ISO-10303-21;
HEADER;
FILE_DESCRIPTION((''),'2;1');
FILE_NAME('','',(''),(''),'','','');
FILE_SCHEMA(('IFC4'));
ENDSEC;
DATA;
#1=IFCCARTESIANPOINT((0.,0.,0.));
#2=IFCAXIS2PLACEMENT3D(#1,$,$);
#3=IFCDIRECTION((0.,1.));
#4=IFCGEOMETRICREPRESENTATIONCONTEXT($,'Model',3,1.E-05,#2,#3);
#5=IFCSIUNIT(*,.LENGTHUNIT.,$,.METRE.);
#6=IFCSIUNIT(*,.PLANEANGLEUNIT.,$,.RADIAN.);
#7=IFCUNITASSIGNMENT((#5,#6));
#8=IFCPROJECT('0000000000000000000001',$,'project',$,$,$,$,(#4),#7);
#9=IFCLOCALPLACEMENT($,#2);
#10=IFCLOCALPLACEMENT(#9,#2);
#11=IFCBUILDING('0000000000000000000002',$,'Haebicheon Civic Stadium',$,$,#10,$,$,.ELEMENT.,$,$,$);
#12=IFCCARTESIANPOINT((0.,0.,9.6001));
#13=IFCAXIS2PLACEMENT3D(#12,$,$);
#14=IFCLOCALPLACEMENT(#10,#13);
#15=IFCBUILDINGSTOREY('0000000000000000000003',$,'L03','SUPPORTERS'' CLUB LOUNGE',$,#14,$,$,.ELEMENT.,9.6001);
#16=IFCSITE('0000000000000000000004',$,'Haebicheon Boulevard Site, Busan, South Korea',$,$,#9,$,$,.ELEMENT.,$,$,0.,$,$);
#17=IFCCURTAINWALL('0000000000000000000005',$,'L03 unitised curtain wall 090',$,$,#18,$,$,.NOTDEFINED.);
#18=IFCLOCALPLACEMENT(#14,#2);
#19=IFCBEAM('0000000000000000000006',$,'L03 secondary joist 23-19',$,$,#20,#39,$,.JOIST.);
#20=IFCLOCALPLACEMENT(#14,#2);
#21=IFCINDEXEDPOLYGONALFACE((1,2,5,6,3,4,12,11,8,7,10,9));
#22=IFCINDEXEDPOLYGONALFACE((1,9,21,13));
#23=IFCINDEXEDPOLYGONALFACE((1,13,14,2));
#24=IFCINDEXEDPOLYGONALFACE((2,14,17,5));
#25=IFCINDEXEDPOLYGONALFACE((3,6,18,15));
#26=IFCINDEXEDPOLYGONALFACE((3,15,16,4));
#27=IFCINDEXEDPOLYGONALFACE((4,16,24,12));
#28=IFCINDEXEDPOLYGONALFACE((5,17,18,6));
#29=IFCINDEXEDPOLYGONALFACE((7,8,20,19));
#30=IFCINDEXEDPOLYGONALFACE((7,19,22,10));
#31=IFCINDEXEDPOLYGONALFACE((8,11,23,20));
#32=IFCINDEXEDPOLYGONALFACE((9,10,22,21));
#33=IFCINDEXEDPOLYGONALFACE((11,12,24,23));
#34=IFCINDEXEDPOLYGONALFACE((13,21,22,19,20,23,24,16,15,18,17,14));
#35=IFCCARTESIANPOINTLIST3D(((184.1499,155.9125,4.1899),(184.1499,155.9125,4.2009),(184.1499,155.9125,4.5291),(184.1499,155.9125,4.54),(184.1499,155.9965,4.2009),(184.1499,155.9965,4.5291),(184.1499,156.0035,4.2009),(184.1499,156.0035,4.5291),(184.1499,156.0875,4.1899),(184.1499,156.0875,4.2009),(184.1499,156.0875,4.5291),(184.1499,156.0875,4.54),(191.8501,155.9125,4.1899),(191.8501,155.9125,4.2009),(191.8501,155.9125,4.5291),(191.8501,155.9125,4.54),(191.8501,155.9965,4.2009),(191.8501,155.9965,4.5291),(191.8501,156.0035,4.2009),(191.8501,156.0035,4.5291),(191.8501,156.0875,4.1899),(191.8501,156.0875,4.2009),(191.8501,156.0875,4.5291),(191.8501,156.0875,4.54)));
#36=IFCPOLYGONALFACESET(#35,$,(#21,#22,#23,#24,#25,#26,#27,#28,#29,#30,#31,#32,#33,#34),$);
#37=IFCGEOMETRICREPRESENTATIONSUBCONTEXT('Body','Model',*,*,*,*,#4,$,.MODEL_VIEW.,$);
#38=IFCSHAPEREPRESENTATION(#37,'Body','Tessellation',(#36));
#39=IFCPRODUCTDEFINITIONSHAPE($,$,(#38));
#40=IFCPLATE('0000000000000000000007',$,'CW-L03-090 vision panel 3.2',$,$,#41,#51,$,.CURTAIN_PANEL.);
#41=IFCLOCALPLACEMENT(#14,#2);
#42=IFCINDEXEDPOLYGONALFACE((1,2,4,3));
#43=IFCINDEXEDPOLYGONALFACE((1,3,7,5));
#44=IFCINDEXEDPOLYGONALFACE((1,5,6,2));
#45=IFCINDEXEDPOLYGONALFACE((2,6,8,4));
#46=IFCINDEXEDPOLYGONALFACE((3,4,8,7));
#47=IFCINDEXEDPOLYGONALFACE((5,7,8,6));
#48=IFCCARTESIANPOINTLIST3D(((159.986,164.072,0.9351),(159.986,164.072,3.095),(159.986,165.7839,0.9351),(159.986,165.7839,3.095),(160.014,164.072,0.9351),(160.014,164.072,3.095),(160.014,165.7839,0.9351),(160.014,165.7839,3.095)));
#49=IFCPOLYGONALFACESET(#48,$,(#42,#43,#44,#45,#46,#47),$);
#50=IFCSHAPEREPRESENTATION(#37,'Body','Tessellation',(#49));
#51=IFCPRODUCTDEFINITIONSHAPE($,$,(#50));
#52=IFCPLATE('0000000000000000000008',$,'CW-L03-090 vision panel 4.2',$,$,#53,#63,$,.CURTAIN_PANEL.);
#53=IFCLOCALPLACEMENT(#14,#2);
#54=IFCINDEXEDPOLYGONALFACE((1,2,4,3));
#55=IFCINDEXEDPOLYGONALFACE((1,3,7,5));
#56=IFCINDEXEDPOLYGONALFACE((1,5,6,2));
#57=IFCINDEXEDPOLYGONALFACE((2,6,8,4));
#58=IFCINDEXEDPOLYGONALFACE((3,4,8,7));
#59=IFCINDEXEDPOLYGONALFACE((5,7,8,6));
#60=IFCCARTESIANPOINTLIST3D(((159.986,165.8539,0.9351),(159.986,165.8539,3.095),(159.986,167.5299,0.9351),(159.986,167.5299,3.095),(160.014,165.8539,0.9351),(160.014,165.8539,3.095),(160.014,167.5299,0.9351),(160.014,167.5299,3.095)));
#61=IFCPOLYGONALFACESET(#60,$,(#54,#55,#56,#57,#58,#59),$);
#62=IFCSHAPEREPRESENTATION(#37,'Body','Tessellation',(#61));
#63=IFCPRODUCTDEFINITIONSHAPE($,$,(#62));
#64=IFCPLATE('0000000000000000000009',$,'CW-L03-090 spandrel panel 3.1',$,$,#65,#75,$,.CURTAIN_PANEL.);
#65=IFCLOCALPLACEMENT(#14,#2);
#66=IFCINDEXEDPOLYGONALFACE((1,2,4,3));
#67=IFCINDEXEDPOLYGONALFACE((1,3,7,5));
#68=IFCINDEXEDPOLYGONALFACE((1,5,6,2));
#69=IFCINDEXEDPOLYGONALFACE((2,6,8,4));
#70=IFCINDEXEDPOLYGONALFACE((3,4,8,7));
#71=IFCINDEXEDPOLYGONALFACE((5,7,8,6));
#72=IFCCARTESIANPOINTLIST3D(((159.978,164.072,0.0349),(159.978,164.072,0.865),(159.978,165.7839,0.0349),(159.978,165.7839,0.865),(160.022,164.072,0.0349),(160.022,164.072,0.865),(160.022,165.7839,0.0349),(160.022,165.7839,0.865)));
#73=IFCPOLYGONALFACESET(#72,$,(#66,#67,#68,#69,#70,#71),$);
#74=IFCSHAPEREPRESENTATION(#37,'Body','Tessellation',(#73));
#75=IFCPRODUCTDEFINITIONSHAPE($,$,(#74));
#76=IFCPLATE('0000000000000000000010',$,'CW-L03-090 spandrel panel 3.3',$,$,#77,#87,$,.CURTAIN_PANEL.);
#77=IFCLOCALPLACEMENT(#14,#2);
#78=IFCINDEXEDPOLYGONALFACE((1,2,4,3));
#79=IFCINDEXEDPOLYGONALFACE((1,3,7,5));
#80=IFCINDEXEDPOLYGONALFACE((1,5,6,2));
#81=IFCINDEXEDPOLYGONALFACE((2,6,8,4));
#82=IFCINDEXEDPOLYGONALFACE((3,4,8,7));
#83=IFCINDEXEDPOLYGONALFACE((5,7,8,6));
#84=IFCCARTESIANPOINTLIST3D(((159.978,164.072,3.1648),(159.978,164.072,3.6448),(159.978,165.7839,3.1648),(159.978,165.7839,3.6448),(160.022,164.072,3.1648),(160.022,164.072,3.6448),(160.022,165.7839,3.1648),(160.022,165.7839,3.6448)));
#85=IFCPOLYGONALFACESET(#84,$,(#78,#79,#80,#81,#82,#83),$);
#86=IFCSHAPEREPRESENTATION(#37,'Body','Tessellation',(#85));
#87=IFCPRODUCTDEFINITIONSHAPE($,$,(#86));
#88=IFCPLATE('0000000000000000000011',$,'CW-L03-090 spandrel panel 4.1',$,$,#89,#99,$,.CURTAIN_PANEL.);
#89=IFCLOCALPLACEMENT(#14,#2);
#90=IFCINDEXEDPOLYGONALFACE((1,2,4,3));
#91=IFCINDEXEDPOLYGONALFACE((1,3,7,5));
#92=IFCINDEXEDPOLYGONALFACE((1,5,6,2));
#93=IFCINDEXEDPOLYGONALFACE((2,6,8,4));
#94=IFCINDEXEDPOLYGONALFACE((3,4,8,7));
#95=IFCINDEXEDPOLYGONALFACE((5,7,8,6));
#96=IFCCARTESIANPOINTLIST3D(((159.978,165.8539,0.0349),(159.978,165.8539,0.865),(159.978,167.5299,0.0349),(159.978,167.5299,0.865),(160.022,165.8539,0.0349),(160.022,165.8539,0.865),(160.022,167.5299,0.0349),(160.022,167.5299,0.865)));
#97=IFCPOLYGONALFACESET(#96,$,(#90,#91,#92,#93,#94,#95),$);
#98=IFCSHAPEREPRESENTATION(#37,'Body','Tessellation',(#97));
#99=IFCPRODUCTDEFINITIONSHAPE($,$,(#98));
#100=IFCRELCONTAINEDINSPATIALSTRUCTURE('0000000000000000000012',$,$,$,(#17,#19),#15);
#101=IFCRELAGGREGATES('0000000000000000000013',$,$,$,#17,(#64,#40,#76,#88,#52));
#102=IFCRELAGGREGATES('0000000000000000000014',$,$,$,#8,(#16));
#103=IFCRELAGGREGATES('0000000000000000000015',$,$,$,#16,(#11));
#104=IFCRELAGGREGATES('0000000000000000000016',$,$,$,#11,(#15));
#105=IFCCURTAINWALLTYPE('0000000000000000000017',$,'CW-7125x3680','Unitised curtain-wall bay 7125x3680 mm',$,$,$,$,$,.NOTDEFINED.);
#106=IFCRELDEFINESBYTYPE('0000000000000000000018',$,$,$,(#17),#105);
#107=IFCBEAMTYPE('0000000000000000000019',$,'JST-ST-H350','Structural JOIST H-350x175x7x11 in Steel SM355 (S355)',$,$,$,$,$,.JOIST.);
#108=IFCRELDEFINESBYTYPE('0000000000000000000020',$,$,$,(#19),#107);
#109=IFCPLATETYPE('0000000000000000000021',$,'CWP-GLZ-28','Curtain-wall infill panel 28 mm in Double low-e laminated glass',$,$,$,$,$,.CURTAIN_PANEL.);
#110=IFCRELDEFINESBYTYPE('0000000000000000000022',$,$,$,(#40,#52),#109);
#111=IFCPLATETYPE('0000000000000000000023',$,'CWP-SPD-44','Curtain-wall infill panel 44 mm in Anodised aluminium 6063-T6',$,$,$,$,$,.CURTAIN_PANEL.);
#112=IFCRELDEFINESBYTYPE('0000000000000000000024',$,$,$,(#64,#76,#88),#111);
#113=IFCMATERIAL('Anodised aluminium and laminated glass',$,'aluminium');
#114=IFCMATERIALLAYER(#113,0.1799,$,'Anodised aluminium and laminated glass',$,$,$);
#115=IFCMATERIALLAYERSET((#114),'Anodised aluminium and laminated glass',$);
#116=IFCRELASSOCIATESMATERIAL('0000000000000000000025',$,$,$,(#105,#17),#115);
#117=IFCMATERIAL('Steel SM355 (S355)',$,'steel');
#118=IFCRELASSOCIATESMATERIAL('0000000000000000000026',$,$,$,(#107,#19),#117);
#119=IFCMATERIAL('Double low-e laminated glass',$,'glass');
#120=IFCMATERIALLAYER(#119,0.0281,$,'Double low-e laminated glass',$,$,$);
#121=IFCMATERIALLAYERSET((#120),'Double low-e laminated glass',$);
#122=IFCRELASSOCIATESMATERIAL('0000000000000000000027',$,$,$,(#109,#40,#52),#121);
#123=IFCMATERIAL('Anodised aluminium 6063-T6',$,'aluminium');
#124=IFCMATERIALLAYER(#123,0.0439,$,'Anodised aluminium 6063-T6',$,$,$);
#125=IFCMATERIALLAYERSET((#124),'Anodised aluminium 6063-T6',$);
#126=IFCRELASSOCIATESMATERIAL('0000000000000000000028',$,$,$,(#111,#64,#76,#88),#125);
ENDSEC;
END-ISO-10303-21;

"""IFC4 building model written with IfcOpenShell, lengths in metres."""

from ifc_helpers import new_model, si_unit, direction, frame, origin, origin_2d, place, context, subcontext, project, spatial, rectangle, i_section, extrude, material, layer, layer_set, material_profile, profile_set, type_object, element, aggregate, save


model = new_model("IFC4")

# Units and contexts
model_context = context("Model", 3, precision=1e-05, world=origin(), true_north=direction((0.0, 1.0)))
body_context = subcontext(model_context, "Body", "Model", "MODEL_VIEW")
ifc_project = project(units=[si_unit("LENGTHUNIT", "METRE"), si_unit("PLANEANGLEUNIT", "RADIAN")], contexts=[model_context])

# Site, building, storey
site_placement = place(None, origin())
site = spatial("IfcSite", under=ifc_project, at=site_placement, Name="Haebicheon Boulevard Site, Busan, South Korea", CompositionType="ELEMENT", RefElevation=0.0)
building_placement = place(site_placement, origin())
building = spatial("IfcBuilding", under=site, at=building_placement, Name="Haebicheon Civic Stadium", CompositionType="ELEMENT")
storey_placement = place(building_placement, frame((0.0, 0.0, 9.6001)))
storey = spatial("IfcBuildingStorey", under=building, at=storey_placement, Name="L03", Description="SUPPORTERS' CLUB LOUNGE", CompositionType="ELEMENT", Elevation=9.6001)

# Curtain wall
ifc_material_1 = material(Name="Anodised aluminium and laminated glass", Category="aluminium")
ifc_layer_1 = layer(ifc_material_1, 0.1799, Name="Anodised aluminium and laminated glass")
ifc_layer_set_1 = layer_set([ifc_layer_1], Name="Anodised aluminium and laminated glass")
curtain_wall_type = type_object("IfcCurtainWallType", Name="CW-7125x3680", Description="Unitised curtain-wall bay 7125x3680 mm", PredefinedType="NOTDEFINED", material=ifc_layer_set_1)
curtain_wall_placement = place(storey_placement, origin())
curtain_wall = element("IfcCurtainWall", 1, at=curtain_wall_placement, inside=storey, type_object=curtain_wall_type, material=ifc_layer_set_1, Name="L03 unitised curtain wall 090", PredefinedType="NOTDEFINED")

# Beam
ifc_material_2 = material(Name="Steel SM355 (S355)", Category="steel")
ifc_material_profile_1 = material_profile(ifc_material_2, i_section(OverallWidth=0.175, OverallDepth=0.3501, WebThickness=0.0071, FlangeThickness=0.011, at=origin_2d()), Name="H-350x175x7x11")
ifc_profile_set_1 = profile_set([ifc_material_profile_1], Name="Steel SM355 (S355)")
beam_type_1 = type_object("IfcBeamType", Name="JST-ST-H350", Description="Structural JOIST H-350x175x7x11 in Steel SM355 (S355)", PredefinedType="JOIST", material=ifc_profile_set_1)
for number, where, z_axis, x_axis, name in (
    (2, (184.1499, 156.0, 4.365), (1.0, 0.0, 0.0), (0.0, 1.0, 0.0), "L03 secondary joist 23-19"),
):
    element("IfcBeam", number, at=place(storey_placement, frame(where, z_axis=z_axis, x_axis=x_axis)), inside=storey, type_object=beam_type_1, material=ifc_profile_set_1, Name=name, PredefinedType="JOIST", context=body_context, shape_type="SweptSolid", body=[
        extrude(i_section(OverallWidth=0.175, OverallDepth=0.3501, WebThickness=0.0071, FlangeThickness=0.011, at=origin_2d()), origin(), (0.0, 0.0, 1.0), 7.7002),
    ])

# Plates
ifc_material_3 = material(Name="Double low-e laminated glass", Category="glass")
ifc_layer_2 = layer(ifc_material_3, 0.0281, Name="Double low-e laminated glass")
ifc_layer_set_2 = layer_set([ifc_layer_2], Name="Double low-e laminated glass")
plate_type_1 = type_object("IfcPlateType", Name="CWP-GLZ-28", Description="Curtain-wall infill panel 28 mm in Double low-e laminated glass", PredefinedType="CURTAIN_PANEL", material=ifc_layer_set_2)
plate_1_placement = place(storey_placement, frame((160.0, 164.928, 0.9351), z_axis=(0.0, 0.0, 1.0), x_axis=(0.0, 1.0, 0.0)))
plate_1 = element("IfcPlate", 3, at=plate_1_placement, type_object=plate_type_1, material=ifc_layer_set_2, Name="CW-L03-090 vision panel 3.2", PredefinedType="CURTAIN_PANEL", context=body_context, shape_type="SweptSolid", body=[
    extrude(rectangle(XDim=1.7119, YDim=0.0281, at=origin_2d()), origin(), (0.0, 0.0, 1.0), 2.1599),
])
plate_2_placement = place(storey_placement, frame((160.0, 166.6919, 0.9351), z_axis=(0.0, 0.0, 1.0), x_axis=(0.0, 1.0, 0.0)))
plate_2 = element("IfcPlate", 4, at=plate_2_placement, type_object=plate_type_1, material=ifc_layer_set_2, Name="CW-L03-090 vision panel 4.2", PredefinedType="CURTAIN_PANEL", context=body_context, shape_type="SweptSolid", body=[
    extrude(rectangle(XDim=1.676, YDim=0.0281, at=origin_2d()), origin(), (0.0, 0.0, 1.0), 2.1599),
])
ifc_material_4 = material(Name="Anodised aluminium 6063-T6", Category="aluminium")
ifc_layer_3 = layer(ifc_material_4, 0.0439, Name="Anodised aluminium 6063-T6")
ifc_layer_set_3 = layer_set([ifc_layer_3], Name="Anodised aluminium 6063-T6")
plate_type_2 = type_object("IfcPlateType", Name="CWP-SPD-44", Description="Curtain-wall infill panel 44 mm in Anodised aluminium 6063-T6", PredefinedType="CURTAIN_PANEL", material=ifc_layer_set_3)
plate_3_placement = place(storey_placement, frame((160.0, 164.928, 0.0349), z_axis=(0.0, 0.0, 1.0), x_axis=(0.0, 1.0, 0.0)))
plate_3 = element("IfcPlate", 5, at=plate_3_placement, type_object=plate_type_2, material=ifc_layer_set_3, Name="CW-L03-090 spandrel panel 3.1", PredefinedType="CURTAIN_PANEL", context=body_context, shape_type="SweptSolid", body=[
    extrude(rectangle(XDim=1.7119, YDim=0.0439, at=origin_2d()), origin(), (0.0, 0.0, 1.0), 0.8301),
])
plate_4_placement = place(storey_placement, frame((160.0, 164.928, 3.1648), z_axis=(0.0, 0.0, 1.0), x_axis=(0.0, 1.0, 0.0)))
plate_4 = element("IfcPlate", 6, at=plate_4_placement, type_object=plate_type_2, material=ifc_layer_set_3, Name="CW-L03-090 spandrel panel 3.3", PredefinedType="CURTAIN_PANEL", context=body_context, shape_type="SweptSolid", body=[
    extrude(rectangle(XDim=1.7119, YDim=0.0439, at=origin_2d()), origin(), (0.0, 0.0, 1.0), 0.48),
])
plate_5_placement = place(storey_placement, frame((160.0, 166.6919, 0.0349), z_axis=(0.0, 0.0, 1.0), x_axis=(0.0, 1.0, 0.0)))
plate_5 = element("IfcPlate", 7, at=plate_5_placement, type_object=plate_type_2, material=ifc_layer_set_3, Name="CW-L03-090 spandrel panel 4.1", PredefinedType="CURTAIN_PANEL", context=body_context, shape_type="SweptSolid", body=[
    extrude(rectangle(XDim=1.676, YDim=0.0439, at=origin_2d()), origin(), (0.0, 0.0, 1.0), 0.8301),
])
aggregate(curtain_wall, [plate_3, plate_1, plate_4, plate_5, plate_2])

save(model, "model.ifc")
